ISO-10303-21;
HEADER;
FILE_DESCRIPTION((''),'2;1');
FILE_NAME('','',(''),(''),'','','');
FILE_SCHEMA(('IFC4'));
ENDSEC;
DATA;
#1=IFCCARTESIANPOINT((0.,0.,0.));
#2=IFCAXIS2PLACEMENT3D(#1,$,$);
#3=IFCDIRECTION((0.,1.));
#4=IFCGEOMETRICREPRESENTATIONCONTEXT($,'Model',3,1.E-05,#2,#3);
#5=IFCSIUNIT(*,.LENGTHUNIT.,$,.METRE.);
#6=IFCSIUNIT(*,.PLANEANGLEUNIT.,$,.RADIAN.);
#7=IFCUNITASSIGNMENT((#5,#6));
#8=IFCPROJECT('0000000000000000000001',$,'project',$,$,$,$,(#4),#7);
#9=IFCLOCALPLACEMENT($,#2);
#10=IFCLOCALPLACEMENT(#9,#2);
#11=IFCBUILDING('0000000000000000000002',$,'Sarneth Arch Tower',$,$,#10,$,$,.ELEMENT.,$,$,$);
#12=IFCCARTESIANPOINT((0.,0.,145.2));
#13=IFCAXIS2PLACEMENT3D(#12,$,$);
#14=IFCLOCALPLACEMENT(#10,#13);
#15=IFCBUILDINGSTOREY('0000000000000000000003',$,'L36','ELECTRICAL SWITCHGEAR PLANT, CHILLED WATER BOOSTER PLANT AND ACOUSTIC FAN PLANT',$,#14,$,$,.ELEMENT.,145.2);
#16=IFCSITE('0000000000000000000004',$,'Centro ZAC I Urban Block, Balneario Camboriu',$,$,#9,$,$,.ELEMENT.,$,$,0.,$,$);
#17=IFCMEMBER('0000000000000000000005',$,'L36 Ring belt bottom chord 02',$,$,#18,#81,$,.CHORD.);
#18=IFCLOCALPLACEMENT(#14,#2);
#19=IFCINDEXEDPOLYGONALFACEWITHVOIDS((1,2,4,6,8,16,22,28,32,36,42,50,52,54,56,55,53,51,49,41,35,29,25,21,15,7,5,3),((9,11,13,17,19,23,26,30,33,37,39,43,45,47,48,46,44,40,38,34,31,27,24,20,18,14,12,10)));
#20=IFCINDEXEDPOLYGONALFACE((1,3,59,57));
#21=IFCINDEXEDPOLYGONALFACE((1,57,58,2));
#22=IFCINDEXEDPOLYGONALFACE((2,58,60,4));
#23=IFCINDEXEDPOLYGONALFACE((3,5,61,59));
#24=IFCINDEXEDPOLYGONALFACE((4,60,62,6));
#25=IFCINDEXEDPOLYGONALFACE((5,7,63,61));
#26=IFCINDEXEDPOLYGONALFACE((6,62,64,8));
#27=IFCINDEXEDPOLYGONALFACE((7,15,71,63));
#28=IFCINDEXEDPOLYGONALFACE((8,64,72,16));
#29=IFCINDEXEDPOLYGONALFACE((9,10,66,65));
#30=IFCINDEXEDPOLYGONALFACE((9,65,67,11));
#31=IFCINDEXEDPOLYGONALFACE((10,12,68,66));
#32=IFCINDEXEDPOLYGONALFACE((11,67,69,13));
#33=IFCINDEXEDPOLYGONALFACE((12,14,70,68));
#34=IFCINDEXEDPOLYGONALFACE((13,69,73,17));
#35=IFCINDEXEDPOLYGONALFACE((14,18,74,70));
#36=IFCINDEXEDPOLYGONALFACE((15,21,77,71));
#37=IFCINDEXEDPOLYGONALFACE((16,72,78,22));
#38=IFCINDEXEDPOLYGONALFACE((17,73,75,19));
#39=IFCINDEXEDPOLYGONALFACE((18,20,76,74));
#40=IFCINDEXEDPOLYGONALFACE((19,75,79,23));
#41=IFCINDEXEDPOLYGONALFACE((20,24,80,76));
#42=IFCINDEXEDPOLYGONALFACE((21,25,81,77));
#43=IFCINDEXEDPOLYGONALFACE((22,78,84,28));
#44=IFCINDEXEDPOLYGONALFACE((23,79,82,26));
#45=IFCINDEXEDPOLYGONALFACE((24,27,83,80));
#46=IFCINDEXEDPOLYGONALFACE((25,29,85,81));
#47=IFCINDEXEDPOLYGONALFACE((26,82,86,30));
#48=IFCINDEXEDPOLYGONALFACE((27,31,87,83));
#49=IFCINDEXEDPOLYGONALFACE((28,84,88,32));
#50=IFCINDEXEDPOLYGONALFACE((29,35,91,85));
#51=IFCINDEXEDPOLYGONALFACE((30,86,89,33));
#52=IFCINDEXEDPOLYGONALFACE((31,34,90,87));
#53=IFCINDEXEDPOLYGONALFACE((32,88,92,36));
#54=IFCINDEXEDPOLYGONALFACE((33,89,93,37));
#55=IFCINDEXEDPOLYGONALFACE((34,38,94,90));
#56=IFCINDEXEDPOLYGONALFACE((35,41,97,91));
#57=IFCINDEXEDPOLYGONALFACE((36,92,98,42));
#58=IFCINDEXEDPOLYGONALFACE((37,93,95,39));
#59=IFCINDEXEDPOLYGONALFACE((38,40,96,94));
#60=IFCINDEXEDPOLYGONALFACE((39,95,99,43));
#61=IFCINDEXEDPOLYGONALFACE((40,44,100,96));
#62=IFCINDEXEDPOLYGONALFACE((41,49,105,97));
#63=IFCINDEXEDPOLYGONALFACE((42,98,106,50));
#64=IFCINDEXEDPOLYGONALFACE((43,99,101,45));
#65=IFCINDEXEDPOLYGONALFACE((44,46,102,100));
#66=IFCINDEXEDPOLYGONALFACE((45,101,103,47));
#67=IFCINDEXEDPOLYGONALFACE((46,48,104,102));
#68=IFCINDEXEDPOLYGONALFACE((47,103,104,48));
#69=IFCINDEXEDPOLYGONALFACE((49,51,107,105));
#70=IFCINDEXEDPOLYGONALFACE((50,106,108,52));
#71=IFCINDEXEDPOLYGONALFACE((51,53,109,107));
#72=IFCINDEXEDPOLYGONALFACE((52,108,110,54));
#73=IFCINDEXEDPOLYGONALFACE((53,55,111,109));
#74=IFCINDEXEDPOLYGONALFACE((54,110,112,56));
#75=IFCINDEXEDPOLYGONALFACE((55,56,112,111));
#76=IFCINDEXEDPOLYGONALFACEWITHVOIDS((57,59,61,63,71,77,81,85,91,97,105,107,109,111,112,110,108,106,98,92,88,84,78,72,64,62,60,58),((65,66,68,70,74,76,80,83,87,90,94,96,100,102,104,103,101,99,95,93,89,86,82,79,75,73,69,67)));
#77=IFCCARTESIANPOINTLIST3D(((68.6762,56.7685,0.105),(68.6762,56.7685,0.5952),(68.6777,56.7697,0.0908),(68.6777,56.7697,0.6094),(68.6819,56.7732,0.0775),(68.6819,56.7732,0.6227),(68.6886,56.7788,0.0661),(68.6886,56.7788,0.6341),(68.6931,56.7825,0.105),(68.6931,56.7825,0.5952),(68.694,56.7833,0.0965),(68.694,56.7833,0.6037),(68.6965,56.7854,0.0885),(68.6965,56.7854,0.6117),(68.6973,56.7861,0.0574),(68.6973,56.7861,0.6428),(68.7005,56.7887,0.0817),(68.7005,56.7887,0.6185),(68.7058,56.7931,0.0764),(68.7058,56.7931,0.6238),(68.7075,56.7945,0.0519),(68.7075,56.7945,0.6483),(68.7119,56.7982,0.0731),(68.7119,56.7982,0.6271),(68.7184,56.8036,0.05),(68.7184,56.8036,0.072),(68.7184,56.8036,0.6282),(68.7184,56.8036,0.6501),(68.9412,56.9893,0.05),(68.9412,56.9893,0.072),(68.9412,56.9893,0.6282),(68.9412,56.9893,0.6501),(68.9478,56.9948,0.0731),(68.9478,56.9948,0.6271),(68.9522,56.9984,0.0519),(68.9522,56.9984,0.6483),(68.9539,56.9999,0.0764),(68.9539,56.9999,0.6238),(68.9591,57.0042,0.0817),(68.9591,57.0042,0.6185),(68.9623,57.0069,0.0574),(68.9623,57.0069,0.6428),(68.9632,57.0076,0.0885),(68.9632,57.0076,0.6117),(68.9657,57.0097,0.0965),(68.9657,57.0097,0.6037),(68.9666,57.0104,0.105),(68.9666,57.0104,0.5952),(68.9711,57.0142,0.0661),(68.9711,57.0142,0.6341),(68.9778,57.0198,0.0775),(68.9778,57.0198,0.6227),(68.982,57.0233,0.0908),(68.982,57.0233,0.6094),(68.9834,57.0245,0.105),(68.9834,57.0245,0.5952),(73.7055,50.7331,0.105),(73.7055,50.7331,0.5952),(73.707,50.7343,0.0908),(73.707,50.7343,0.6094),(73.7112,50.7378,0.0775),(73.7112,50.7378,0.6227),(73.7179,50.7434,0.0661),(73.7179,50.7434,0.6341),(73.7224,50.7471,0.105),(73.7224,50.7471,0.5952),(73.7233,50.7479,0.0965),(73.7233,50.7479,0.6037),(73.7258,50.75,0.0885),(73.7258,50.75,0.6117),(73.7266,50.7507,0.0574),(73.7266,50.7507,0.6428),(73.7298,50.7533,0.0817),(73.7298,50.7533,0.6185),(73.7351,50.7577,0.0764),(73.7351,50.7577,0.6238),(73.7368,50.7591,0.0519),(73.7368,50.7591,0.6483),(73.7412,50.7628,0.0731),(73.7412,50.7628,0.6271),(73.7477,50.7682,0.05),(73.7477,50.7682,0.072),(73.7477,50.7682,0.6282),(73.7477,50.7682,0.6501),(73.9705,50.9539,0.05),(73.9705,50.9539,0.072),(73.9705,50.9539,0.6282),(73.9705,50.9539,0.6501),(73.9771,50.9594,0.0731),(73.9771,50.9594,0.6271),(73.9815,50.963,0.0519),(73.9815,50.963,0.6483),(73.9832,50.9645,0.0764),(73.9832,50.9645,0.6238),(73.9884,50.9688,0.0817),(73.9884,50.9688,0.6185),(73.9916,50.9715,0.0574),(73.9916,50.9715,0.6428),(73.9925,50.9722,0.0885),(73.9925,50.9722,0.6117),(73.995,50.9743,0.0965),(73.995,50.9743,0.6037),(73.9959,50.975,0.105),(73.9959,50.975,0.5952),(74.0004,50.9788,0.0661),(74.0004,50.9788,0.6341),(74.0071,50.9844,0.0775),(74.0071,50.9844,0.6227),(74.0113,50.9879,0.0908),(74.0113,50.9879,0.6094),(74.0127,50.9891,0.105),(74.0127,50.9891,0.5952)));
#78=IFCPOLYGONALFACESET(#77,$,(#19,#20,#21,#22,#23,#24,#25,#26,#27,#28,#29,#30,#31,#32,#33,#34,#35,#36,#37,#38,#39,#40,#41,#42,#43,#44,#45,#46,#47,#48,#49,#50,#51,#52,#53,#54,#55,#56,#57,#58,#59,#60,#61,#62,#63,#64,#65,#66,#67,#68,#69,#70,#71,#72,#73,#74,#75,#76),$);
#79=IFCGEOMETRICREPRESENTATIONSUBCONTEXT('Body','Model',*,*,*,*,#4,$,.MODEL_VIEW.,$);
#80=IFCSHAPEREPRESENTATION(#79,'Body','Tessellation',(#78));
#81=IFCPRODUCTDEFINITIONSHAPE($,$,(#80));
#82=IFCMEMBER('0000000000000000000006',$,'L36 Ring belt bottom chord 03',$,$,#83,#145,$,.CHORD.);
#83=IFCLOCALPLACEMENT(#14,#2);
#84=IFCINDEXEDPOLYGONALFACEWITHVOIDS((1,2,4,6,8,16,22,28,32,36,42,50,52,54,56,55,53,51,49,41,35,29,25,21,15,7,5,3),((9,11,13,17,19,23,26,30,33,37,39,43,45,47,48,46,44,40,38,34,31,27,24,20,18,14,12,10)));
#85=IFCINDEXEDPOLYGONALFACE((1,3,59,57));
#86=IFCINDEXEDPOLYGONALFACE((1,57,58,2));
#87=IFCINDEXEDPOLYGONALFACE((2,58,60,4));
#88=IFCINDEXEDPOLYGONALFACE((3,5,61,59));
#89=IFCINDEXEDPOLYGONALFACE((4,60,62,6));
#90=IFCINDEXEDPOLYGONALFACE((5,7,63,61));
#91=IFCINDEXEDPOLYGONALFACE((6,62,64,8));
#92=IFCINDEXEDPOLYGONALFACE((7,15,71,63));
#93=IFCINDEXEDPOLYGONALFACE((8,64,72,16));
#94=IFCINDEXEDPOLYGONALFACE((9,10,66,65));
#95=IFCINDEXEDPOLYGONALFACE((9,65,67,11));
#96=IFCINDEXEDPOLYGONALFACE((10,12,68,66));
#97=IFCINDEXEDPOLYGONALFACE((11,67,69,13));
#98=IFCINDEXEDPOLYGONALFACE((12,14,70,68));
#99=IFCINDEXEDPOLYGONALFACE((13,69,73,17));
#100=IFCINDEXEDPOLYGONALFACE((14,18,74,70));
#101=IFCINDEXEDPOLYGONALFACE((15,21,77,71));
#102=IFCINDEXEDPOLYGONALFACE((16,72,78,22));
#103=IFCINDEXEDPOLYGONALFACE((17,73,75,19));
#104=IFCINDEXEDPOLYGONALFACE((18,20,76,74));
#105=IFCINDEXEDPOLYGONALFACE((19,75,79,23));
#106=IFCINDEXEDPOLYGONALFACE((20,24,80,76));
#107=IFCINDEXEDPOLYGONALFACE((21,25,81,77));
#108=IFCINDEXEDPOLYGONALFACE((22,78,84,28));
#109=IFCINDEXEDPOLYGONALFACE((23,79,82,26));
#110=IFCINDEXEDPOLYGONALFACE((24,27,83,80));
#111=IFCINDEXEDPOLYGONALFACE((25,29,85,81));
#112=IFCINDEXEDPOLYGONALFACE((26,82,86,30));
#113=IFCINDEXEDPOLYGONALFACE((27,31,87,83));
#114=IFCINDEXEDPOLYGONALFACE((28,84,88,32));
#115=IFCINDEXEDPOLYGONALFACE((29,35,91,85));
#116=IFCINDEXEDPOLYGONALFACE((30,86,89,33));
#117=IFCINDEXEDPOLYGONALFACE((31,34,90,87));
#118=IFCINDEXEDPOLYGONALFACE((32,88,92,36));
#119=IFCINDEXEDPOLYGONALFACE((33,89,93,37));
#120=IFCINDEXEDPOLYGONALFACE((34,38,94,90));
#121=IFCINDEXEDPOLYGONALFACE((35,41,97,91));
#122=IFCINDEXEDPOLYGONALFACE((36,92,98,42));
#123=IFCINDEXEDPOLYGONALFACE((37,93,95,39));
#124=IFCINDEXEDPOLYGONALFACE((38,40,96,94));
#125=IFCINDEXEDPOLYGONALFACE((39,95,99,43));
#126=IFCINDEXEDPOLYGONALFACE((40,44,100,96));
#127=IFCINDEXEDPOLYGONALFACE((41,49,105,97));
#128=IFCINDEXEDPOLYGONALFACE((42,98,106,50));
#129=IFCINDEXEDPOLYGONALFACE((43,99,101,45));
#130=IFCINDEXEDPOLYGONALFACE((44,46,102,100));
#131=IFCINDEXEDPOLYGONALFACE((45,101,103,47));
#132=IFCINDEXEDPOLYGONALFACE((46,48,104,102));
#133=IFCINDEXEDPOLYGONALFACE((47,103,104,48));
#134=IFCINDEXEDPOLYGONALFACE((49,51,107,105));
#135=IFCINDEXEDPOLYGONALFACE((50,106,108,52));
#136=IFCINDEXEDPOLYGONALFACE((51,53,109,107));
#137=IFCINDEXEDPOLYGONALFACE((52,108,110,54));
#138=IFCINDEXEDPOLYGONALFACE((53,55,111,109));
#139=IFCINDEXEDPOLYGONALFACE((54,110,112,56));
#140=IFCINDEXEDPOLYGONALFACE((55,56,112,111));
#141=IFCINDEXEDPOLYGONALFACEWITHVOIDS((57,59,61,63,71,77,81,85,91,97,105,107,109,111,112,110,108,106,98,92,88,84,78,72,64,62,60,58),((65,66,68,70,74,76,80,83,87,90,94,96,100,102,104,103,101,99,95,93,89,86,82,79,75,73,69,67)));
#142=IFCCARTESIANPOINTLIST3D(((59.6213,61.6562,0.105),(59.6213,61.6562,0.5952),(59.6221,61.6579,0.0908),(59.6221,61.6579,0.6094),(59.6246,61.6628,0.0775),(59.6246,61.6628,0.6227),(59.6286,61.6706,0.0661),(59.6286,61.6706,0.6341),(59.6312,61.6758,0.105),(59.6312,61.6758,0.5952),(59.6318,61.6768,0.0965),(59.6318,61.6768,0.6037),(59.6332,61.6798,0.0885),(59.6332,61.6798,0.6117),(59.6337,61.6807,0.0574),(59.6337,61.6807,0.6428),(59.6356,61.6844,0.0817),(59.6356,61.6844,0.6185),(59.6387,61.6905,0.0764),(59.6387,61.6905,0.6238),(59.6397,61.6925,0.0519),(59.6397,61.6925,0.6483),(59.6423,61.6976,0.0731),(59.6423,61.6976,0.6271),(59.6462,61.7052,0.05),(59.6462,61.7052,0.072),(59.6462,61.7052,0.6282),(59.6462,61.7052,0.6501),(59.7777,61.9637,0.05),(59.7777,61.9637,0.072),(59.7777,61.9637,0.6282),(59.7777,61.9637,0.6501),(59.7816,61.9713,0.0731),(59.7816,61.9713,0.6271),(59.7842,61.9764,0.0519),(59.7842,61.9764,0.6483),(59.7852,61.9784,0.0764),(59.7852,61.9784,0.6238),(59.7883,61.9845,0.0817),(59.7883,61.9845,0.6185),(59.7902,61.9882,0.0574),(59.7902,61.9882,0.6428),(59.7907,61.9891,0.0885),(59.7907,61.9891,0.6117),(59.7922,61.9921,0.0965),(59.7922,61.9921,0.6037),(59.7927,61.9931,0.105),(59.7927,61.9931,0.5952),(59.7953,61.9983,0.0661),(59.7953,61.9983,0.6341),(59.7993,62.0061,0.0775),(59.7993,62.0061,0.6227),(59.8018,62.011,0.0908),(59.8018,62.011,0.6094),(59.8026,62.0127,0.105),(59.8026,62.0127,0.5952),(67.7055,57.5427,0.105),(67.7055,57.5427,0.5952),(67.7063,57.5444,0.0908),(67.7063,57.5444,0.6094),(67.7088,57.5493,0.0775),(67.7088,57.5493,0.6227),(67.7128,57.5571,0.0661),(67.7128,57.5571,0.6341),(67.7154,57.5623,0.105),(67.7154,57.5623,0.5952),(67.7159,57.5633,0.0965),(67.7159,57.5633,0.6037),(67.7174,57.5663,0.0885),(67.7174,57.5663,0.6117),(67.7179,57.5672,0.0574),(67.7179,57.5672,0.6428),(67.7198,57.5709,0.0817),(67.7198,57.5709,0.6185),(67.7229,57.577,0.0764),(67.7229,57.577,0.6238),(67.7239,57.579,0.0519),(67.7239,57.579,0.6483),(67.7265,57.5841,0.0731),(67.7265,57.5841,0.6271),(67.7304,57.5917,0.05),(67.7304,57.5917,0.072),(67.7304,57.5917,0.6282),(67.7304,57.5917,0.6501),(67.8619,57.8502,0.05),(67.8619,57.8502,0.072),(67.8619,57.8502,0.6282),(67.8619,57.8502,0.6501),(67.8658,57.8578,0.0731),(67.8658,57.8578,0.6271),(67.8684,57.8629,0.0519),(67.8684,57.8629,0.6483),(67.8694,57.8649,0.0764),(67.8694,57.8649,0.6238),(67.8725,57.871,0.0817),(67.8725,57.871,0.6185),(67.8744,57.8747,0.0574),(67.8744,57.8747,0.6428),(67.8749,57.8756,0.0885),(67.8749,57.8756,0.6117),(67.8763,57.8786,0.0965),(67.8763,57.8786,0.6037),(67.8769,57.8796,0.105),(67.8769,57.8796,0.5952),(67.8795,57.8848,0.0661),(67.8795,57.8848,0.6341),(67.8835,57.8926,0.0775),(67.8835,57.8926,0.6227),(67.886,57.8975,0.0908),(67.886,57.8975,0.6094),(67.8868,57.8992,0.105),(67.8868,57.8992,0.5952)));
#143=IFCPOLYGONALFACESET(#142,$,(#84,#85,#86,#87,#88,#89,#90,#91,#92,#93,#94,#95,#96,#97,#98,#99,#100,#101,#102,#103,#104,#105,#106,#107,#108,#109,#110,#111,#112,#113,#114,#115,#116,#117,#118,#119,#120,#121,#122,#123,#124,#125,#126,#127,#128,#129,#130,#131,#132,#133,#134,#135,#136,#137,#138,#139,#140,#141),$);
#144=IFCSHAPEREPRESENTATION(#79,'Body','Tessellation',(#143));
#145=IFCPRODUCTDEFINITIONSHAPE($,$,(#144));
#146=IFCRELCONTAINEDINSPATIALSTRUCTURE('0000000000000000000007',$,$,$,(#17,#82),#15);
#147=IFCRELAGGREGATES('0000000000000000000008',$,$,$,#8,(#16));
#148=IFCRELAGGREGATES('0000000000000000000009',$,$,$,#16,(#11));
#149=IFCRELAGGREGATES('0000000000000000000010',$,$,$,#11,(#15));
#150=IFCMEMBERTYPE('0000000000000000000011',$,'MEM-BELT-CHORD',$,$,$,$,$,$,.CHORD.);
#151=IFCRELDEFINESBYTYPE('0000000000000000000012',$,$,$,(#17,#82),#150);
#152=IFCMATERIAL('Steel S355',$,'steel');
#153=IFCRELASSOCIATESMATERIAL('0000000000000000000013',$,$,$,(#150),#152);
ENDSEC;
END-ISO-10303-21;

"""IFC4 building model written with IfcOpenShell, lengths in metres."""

from ifc_helpers import new_model, si_unit, direction, frame, origin, origin_2d, place, context, subcontext, project, spatial, hollow_rectangle, extrude, material, material_profile, profile_set, type_object, element, save


model = new_model("IFC4")

# Units and contexts
model_context = context("Model", 3, precision=1e-05, world=origin(), true_north=direction((0.0, 1.0)))
body_context = subcontext(model_context, "Body", "Model", "MODEL_VIEW")
ifc_project = project(units=[si_unit("LENGTHUNIT", "METRE"), si_unit("PLANEANGLEUNIT", "RADIAN")], contexts=[model_context])

# Site, building, storey
site_placement = place(None, origin())
site = spatial("IfcSite", under=ifc_project, at=site_placement, Name="Centro ZAC I Urban Block, Balneario Camboriu", CompositionType="ELEMENT", RefElevation=0.0)
building_placement = place(site_placement, origin())
building = spatial("IfcBuilding", under=site, at=building_placement, Name="Sarneth Arch Tower", CompositionType="ELEMENT")
storey_placement = place(building_placement, frame((0.0, 0.0, 145.2)))
storey = spatial("IfcBuildingStorey", under=building, at=storey_placement, Name="L36", Description="ELECTRICAL SWITCHGEAR PLANT, CHILLED WATER BOOSTER PLANT AND ACOUSTIC FAN PLANT", CompositionType="ELEMENT", Elevation=145.2)

# Members
ifc_material_1 = material(Name="Steel S355", Category="steel")
ifc_material_profile_1 = material_profile(ifc_material_1, hollow_rectangle(XDim=0.3999, YDim=0.6001, WallThickness=0.022, InnerFilletRadius=0.033, OuterFilletRadius=0.0549, at=origin_2d()), Name="RHS600x400x22")
ifc_profile_set_1 = profile_set([ifc_material_profile_1], Name="Steel S355")
member_type_1 = type_object("IfcMemberType", Name="MEM-BELT-CHORD", PredefinedType="CHORD", material=ifc_profile_set_1)
member_1_placement = place(storey_placement, frame((73.8591, 50.8611, 0.3501), z_axis=(-0.640169, 0.768234, 0.0), x_axis=(-0.768234, -0.640169, 0.0)))
element("IfcMember", 1, at=member_1_placement, inside=storey, type_object=member_type_1, Name="L36 Ring belt bottom chord 02", PredefinedType="CHORD", context=body_context, shape_type="SweptSolid", body=[
    extrude(hollow_rectangle(XDim=0.3999, YDim=0.6001, WallThickness=0.022, InnerFilletRadius=0.033, OuterFilletRadius=0.0549, at=origin_2d()), origin(), (0.0, 0.0, 1.0), 7.8562),
])
member_2_placement = place(storey_placement, frame((67.7961, 57.7209, 0.3501), z_axis=(-0.891256, 0.453501, 0.0), x_axis=(-0.453501, -0.891256, 0.0)))
element("IfcMember", 2, at=member_2_placement, inside=storey, type_object=member_type_1, Name="L36 Ring belt bottom chord 03", PredefinedType="CHORD", context=body_context, shape_type="SweptSolid", body=[
    extrude(hollow_rectangle(XDim=0.3999, YDim=0.6001, WallThickness=0.022, InnerFilletRadius=0.033, OuterFilletRadius=0.0549, at=origin_2d()), origin(), (0.0, 0.0, 1.0), 9.0706),
])

save(model, "model.ifc")
